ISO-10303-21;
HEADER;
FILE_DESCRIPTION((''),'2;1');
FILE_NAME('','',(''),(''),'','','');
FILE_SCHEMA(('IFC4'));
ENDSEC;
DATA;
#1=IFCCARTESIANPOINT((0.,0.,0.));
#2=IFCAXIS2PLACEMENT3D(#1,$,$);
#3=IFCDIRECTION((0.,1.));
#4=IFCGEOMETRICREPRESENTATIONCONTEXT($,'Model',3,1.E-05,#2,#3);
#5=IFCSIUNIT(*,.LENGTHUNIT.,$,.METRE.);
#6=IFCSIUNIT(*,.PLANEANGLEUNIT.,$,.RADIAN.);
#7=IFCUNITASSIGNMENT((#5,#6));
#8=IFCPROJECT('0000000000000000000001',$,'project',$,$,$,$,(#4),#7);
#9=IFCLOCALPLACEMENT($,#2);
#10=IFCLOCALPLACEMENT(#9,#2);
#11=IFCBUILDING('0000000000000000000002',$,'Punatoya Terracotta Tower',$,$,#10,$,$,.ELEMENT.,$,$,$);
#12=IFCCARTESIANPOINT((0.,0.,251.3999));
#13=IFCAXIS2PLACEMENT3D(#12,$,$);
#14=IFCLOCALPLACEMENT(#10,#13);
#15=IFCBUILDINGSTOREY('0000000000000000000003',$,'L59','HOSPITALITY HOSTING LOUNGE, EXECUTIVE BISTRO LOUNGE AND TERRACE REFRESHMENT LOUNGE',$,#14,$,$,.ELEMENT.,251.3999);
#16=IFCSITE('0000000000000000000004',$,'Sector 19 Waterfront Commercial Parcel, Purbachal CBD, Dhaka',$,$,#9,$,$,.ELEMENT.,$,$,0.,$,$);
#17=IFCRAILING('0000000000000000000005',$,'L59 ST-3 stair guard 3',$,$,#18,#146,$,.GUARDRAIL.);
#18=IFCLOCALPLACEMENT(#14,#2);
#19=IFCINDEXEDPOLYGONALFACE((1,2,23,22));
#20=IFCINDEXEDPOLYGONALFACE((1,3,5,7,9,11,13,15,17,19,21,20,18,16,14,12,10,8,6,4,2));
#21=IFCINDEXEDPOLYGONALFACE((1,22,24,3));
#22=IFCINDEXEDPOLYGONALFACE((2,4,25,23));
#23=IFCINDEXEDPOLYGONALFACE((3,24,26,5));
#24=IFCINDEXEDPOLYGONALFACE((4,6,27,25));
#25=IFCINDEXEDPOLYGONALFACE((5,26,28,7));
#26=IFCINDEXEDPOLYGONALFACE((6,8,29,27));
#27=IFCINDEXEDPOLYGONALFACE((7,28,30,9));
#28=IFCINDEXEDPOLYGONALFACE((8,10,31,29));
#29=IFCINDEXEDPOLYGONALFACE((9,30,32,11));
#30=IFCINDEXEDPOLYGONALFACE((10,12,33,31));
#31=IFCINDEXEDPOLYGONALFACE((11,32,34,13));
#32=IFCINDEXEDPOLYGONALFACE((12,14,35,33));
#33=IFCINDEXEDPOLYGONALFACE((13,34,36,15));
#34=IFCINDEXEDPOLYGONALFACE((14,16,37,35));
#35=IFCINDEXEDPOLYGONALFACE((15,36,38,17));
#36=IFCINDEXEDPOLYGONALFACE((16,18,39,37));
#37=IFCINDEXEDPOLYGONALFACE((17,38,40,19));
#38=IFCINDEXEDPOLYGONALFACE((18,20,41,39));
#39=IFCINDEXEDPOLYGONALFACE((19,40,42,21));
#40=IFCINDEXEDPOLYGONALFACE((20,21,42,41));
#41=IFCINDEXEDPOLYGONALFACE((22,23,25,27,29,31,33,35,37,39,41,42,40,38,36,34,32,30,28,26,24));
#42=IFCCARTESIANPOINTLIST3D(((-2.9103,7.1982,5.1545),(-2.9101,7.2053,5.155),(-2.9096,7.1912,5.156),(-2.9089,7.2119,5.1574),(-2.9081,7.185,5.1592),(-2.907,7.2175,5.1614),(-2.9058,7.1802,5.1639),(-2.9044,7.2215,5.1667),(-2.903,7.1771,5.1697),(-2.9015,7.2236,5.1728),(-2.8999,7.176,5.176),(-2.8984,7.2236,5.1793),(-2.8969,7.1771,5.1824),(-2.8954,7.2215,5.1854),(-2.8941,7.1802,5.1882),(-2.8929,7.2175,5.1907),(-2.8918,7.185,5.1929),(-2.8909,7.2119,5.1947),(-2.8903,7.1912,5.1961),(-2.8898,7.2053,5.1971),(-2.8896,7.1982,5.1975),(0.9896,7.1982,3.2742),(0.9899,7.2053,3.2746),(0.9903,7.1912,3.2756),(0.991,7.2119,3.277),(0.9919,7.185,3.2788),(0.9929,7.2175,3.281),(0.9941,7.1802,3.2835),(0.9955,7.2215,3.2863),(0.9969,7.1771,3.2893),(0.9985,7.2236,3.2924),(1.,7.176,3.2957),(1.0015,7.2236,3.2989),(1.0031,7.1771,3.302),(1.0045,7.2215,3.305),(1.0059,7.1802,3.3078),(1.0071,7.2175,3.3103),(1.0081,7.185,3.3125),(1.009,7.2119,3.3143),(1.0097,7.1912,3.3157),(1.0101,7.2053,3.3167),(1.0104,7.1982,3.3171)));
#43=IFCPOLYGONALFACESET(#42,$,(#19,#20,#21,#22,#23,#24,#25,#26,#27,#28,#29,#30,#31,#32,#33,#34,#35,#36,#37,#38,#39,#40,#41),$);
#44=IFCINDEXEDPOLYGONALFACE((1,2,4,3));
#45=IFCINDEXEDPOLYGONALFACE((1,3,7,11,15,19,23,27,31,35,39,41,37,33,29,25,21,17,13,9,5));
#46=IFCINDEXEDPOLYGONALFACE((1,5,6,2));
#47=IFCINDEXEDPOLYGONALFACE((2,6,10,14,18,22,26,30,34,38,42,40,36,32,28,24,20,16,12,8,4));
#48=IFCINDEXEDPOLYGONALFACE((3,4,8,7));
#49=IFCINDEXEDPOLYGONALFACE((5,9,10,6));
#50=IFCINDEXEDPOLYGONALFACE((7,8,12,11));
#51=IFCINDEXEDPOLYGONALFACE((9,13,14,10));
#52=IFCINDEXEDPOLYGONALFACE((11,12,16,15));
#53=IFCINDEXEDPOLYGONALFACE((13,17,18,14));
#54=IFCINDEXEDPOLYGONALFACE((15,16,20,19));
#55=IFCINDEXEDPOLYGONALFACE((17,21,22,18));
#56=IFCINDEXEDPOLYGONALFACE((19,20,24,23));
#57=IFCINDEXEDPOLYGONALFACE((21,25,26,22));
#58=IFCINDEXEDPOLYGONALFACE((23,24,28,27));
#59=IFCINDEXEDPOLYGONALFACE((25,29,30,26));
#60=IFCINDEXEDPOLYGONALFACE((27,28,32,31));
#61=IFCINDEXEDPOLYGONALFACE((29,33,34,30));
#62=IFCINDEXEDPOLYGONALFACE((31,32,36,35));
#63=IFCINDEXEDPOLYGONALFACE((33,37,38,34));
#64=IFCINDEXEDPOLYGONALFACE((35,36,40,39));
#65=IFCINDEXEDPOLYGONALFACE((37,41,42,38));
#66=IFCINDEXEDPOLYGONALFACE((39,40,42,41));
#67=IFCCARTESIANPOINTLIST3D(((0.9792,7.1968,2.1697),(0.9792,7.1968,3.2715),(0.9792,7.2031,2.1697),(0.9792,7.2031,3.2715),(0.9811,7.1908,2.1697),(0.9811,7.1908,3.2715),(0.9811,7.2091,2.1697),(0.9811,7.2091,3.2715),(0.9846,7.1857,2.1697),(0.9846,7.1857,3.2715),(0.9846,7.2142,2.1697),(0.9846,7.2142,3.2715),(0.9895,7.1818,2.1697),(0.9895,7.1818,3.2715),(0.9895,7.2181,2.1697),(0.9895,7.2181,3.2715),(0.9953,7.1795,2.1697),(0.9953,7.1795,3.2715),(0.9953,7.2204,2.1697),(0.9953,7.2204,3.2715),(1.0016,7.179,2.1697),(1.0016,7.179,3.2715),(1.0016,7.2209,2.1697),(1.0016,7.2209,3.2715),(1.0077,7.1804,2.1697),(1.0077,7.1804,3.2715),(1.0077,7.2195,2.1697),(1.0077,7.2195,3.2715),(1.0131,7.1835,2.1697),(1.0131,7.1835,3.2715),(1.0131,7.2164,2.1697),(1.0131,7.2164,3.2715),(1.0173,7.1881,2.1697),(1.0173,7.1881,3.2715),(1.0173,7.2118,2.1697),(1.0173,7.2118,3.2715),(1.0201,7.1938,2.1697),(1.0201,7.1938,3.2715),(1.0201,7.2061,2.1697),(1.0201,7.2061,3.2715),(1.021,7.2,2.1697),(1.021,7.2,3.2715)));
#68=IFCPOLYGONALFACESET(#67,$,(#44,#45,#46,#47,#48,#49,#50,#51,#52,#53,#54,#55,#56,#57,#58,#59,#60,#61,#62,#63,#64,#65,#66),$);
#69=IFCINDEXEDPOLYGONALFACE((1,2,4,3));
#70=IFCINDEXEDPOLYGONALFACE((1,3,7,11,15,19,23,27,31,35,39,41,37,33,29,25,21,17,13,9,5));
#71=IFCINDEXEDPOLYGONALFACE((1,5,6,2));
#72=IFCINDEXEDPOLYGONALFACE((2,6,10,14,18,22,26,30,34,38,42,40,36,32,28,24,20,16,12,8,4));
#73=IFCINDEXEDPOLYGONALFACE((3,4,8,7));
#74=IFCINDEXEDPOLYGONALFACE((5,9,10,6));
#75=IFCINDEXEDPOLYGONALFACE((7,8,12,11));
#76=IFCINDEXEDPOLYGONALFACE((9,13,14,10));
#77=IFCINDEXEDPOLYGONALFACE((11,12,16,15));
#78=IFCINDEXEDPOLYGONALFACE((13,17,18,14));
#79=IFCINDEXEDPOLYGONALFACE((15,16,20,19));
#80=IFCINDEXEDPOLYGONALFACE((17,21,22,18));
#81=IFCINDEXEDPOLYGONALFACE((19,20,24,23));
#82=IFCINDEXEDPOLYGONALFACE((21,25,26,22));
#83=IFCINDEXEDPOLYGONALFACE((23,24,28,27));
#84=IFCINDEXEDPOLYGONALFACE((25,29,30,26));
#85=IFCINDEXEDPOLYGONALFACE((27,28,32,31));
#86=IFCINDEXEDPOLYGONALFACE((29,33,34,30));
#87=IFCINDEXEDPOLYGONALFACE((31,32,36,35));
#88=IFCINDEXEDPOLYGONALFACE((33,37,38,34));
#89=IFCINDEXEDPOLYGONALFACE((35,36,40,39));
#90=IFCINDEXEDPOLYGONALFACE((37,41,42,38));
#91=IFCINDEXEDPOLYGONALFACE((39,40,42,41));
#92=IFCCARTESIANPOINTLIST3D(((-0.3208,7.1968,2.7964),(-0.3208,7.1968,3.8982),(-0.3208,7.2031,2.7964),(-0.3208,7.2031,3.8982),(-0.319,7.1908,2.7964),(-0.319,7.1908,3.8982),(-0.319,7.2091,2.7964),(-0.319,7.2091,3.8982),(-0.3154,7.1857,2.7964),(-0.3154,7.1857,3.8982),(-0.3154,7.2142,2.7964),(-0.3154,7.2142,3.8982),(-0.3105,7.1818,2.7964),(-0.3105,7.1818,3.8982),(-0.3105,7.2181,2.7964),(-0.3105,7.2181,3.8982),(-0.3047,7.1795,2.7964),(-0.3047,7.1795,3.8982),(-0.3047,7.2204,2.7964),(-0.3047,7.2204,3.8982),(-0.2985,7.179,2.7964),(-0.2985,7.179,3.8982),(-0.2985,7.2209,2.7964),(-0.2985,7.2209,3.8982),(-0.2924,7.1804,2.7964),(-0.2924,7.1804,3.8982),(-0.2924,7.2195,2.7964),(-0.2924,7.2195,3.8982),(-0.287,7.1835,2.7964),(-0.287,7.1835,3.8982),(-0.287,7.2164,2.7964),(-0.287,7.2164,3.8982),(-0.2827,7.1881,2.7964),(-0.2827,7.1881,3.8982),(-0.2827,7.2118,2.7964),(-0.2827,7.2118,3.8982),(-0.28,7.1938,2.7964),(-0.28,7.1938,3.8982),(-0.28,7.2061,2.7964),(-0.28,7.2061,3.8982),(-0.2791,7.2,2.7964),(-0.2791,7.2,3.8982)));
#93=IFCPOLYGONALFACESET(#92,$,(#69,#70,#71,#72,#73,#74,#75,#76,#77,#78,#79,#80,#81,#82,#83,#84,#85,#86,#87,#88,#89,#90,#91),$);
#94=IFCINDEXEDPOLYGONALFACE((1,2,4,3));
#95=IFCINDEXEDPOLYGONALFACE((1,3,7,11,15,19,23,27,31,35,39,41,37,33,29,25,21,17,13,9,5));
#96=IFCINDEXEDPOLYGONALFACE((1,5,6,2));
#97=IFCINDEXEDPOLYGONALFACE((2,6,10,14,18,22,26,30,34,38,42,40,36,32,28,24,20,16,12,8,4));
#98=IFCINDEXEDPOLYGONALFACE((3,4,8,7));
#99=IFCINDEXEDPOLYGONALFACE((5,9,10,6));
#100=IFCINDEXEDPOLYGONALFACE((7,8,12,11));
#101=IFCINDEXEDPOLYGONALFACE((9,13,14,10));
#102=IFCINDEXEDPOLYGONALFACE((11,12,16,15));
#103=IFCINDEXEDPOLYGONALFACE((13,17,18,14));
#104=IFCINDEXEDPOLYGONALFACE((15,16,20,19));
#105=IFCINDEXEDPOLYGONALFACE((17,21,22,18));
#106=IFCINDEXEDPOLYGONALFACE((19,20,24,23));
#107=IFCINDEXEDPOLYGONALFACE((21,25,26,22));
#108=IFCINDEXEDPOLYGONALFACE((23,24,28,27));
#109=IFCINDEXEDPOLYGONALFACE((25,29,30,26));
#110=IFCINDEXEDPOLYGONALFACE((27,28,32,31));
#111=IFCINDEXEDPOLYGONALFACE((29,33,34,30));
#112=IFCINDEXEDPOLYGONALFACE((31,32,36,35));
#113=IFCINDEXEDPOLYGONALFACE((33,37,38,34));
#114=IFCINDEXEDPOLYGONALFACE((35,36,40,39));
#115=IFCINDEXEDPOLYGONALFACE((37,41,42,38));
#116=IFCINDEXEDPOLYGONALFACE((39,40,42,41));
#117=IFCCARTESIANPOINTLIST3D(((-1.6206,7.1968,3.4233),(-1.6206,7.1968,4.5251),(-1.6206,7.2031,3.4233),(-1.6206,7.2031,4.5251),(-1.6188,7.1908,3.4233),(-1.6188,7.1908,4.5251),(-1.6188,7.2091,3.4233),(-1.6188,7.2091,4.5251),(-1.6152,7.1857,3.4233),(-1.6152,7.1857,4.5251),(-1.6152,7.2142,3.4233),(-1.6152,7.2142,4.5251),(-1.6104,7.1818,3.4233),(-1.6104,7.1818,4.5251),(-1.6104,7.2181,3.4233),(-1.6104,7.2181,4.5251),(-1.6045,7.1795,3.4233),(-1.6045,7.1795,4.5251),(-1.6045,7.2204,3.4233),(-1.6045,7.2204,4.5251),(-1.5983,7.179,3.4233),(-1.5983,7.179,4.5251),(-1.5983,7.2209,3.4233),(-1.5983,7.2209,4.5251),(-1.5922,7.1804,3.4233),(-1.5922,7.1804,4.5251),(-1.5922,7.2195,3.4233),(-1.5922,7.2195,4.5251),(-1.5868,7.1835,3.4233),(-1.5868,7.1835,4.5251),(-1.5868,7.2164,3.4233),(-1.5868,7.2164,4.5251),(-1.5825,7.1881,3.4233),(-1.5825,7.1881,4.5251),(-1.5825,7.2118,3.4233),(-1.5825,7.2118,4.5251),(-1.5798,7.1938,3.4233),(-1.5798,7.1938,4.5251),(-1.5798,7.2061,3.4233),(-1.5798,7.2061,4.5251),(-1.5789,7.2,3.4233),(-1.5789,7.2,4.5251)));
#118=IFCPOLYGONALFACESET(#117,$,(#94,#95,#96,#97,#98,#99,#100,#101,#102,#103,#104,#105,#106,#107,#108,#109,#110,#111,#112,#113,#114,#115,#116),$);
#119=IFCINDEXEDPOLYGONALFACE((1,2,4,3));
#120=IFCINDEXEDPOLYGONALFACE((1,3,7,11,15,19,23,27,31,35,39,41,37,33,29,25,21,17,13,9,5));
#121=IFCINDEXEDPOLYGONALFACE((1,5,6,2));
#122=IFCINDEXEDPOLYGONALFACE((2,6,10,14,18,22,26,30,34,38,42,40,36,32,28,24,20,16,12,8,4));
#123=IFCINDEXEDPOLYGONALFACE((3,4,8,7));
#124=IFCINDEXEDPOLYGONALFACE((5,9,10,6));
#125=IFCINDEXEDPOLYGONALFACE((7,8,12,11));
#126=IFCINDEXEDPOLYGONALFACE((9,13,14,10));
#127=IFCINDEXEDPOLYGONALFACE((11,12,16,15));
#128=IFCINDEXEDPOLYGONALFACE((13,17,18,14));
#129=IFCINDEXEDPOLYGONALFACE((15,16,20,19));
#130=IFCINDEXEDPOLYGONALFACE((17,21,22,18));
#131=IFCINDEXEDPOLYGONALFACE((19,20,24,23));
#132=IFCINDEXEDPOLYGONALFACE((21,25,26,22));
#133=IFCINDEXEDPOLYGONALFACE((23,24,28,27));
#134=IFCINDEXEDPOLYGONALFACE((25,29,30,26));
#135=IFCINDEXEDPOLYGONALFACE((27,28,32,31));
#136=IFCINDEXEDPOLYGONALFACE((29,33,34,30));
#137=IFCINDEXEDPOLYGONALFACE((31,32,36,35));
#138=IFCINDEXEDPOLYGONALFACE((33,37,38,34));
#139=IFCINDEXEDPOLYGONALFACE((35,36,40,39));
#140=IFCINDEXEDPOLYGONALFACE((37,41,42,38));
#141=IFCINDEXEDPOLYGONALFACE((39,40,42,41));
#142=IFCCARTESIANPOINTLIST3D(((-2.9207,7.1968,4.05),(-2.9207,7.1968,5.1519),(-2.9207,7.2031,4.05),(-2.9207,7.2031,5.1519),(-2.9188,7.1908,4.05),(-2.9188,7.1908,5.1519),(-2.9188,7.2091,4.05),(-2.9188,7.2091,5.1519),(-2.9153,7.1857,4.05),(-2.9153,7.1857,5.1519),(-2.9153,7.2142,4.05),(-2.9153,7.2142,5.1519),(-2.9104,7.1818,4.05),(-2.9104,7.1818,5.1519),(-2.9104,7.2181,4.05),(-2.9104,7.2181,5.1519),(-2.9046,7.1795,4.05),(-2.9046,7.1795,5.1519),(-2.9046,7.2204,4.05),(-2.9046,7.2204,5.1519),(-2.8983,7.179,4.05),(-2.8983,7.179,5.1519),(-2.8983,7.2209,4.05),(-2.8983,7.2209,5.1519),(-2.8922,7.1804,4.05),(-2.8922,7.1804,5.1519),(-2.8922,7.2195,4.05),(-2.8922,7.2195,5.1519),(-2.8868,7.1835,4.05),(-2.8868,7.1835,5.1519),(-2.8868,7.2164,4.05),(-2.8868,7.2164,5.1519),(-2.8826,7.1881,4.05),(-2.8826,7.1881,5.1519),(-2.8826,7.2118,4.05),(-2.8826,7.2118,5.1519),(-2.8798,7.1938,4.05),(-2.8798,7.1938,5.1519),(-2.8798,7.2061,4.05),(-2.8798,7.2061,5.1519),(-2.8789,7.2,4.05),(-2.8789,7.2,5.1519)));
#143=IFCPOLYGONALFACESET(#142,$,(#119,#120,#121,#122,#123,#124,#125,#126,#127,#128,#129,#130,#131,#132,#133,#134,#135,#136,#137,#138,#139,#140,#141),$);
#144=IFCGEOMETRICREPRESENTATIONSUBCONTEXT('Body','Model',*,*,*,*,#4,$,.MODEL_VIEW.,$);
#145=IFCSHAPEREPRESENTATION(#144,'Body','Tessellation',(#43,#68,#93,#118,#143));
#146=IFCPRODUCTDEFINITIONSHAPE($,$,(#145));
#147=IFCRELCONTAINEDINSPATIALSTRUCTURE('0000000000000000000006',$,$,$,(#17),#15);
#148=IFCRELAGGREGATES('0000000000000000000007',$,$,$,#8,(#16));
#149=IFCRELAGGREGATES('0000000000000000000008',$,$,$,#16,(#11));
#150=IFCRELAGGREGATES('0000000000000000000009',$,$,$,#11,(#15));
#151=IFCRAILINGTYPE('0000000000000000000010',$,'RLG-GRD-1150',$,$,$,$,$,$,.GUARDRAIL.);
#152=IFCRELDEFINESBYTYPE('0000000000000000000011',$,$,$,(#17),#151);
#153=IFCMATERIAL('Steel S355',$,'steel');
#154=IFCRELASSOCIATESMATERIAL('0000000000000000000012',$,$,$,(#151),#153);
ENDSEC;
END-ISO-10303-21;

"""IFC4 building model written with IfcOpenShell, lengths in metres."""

from ifc_helpers import new_model, si_unit, direction, frame, origin, origin_2d, place, context, subcontext, project, spatial, circle, extrude, material, type_object, element, save


model = new_model("IFC4")

# Units and contexts
model_context = context("Model", 3, precision=1e-05, world=origin(), true_north=direction((0.0, 1.0)))
body_context = subcontext(model_context, "Body", "Model", "MODEL_VIEW")
ifc_project = project(units=[si_unit("LENGTHUNIT", "METRE"), si_unit("PLANEANGLEUNIT", "RADIAN")], contexts=[model_context])

# Site, building, storey
site_placement = place(None, origin())
site = spatial("IfcSite", under=ifc_project, at=site_placement, Name="Sector 19 Waterfront Commercial Parcel, Purbachal CBD, Dhaka", CompositionType="ELEMENT", RefElevation=0.0)
building_placement = place(site_placement, origin())
building = spatial("IfcBuilding", under=site, at=building_placement, Name="Punatoya Terracotta Tower", CompositionType="ELEMENT")
storey_placement = place(building_placement, frame((0.0, 0.0, 251.3999)))
storey = spatial("IfcBuildingStorey", under=building, at=storey_placement, Name="L59", Description="HOSPITALITY HOSTING LOUNGE, EXECUTIVE BISTRO LOUNGE AND TERRACE REFRESHMENT LOUNGE", CompositionType="ELEMENT", Elevation=251.3999)

# Shared definitions
ifc_material_1 = material(Name="Steel S355", Category="steel")

# Railing
railing_type_1 = type_object("IfcRailingType", Name="RLG-GRD-1150", PredefinedType="GUARDRAIL", material=ifc_material_1)
railing_1_placement = place(storey_placement, frame((1.0, 7.2, 2.1697)))
element("IfcRailing", 1, at=railing_1_placement, inside=storey, type_object=railing_type_1, Name="L59 ST-3 stair guard 3", PredefinedType="GUARDRAIL", context=body_context, shape_type="SweptSolid", body=[
    extrude(circle(Radius=0.0239, at=origin_2d()), frame((0.0, 0.0, 1.126), z_axis=(-0.900763, 0.0, 0.434311), x_axis=(0.0, -1.0, 0.0)), (0.0, 0.0, 1.0), 4.3296),
    extrude(circle(Radius=0.021, at=origin_2d()), origin(), (0.0, 0.0, 1.0), 1.1018),
    extrude(circle(Radius=0.021, at=origin_2d()), frame((-1.3, 0.0, 0.6267)), (0.0, 0.0, 1.0), 1.1018),
    extrude(circle(Radius=0.021, at=origin_2d()), frame((-2.5999, 0.0, 1.2537)), (0.0, 0.0, 1.0), 1.1018),
    extrude(circle(Radius=0.021, at=origin_2d()), frame((-3.8999, 0.0, 1.8804)), (0.0, 0.0, 1.0), 1.1018),
])

save(model, "model.ifc")
